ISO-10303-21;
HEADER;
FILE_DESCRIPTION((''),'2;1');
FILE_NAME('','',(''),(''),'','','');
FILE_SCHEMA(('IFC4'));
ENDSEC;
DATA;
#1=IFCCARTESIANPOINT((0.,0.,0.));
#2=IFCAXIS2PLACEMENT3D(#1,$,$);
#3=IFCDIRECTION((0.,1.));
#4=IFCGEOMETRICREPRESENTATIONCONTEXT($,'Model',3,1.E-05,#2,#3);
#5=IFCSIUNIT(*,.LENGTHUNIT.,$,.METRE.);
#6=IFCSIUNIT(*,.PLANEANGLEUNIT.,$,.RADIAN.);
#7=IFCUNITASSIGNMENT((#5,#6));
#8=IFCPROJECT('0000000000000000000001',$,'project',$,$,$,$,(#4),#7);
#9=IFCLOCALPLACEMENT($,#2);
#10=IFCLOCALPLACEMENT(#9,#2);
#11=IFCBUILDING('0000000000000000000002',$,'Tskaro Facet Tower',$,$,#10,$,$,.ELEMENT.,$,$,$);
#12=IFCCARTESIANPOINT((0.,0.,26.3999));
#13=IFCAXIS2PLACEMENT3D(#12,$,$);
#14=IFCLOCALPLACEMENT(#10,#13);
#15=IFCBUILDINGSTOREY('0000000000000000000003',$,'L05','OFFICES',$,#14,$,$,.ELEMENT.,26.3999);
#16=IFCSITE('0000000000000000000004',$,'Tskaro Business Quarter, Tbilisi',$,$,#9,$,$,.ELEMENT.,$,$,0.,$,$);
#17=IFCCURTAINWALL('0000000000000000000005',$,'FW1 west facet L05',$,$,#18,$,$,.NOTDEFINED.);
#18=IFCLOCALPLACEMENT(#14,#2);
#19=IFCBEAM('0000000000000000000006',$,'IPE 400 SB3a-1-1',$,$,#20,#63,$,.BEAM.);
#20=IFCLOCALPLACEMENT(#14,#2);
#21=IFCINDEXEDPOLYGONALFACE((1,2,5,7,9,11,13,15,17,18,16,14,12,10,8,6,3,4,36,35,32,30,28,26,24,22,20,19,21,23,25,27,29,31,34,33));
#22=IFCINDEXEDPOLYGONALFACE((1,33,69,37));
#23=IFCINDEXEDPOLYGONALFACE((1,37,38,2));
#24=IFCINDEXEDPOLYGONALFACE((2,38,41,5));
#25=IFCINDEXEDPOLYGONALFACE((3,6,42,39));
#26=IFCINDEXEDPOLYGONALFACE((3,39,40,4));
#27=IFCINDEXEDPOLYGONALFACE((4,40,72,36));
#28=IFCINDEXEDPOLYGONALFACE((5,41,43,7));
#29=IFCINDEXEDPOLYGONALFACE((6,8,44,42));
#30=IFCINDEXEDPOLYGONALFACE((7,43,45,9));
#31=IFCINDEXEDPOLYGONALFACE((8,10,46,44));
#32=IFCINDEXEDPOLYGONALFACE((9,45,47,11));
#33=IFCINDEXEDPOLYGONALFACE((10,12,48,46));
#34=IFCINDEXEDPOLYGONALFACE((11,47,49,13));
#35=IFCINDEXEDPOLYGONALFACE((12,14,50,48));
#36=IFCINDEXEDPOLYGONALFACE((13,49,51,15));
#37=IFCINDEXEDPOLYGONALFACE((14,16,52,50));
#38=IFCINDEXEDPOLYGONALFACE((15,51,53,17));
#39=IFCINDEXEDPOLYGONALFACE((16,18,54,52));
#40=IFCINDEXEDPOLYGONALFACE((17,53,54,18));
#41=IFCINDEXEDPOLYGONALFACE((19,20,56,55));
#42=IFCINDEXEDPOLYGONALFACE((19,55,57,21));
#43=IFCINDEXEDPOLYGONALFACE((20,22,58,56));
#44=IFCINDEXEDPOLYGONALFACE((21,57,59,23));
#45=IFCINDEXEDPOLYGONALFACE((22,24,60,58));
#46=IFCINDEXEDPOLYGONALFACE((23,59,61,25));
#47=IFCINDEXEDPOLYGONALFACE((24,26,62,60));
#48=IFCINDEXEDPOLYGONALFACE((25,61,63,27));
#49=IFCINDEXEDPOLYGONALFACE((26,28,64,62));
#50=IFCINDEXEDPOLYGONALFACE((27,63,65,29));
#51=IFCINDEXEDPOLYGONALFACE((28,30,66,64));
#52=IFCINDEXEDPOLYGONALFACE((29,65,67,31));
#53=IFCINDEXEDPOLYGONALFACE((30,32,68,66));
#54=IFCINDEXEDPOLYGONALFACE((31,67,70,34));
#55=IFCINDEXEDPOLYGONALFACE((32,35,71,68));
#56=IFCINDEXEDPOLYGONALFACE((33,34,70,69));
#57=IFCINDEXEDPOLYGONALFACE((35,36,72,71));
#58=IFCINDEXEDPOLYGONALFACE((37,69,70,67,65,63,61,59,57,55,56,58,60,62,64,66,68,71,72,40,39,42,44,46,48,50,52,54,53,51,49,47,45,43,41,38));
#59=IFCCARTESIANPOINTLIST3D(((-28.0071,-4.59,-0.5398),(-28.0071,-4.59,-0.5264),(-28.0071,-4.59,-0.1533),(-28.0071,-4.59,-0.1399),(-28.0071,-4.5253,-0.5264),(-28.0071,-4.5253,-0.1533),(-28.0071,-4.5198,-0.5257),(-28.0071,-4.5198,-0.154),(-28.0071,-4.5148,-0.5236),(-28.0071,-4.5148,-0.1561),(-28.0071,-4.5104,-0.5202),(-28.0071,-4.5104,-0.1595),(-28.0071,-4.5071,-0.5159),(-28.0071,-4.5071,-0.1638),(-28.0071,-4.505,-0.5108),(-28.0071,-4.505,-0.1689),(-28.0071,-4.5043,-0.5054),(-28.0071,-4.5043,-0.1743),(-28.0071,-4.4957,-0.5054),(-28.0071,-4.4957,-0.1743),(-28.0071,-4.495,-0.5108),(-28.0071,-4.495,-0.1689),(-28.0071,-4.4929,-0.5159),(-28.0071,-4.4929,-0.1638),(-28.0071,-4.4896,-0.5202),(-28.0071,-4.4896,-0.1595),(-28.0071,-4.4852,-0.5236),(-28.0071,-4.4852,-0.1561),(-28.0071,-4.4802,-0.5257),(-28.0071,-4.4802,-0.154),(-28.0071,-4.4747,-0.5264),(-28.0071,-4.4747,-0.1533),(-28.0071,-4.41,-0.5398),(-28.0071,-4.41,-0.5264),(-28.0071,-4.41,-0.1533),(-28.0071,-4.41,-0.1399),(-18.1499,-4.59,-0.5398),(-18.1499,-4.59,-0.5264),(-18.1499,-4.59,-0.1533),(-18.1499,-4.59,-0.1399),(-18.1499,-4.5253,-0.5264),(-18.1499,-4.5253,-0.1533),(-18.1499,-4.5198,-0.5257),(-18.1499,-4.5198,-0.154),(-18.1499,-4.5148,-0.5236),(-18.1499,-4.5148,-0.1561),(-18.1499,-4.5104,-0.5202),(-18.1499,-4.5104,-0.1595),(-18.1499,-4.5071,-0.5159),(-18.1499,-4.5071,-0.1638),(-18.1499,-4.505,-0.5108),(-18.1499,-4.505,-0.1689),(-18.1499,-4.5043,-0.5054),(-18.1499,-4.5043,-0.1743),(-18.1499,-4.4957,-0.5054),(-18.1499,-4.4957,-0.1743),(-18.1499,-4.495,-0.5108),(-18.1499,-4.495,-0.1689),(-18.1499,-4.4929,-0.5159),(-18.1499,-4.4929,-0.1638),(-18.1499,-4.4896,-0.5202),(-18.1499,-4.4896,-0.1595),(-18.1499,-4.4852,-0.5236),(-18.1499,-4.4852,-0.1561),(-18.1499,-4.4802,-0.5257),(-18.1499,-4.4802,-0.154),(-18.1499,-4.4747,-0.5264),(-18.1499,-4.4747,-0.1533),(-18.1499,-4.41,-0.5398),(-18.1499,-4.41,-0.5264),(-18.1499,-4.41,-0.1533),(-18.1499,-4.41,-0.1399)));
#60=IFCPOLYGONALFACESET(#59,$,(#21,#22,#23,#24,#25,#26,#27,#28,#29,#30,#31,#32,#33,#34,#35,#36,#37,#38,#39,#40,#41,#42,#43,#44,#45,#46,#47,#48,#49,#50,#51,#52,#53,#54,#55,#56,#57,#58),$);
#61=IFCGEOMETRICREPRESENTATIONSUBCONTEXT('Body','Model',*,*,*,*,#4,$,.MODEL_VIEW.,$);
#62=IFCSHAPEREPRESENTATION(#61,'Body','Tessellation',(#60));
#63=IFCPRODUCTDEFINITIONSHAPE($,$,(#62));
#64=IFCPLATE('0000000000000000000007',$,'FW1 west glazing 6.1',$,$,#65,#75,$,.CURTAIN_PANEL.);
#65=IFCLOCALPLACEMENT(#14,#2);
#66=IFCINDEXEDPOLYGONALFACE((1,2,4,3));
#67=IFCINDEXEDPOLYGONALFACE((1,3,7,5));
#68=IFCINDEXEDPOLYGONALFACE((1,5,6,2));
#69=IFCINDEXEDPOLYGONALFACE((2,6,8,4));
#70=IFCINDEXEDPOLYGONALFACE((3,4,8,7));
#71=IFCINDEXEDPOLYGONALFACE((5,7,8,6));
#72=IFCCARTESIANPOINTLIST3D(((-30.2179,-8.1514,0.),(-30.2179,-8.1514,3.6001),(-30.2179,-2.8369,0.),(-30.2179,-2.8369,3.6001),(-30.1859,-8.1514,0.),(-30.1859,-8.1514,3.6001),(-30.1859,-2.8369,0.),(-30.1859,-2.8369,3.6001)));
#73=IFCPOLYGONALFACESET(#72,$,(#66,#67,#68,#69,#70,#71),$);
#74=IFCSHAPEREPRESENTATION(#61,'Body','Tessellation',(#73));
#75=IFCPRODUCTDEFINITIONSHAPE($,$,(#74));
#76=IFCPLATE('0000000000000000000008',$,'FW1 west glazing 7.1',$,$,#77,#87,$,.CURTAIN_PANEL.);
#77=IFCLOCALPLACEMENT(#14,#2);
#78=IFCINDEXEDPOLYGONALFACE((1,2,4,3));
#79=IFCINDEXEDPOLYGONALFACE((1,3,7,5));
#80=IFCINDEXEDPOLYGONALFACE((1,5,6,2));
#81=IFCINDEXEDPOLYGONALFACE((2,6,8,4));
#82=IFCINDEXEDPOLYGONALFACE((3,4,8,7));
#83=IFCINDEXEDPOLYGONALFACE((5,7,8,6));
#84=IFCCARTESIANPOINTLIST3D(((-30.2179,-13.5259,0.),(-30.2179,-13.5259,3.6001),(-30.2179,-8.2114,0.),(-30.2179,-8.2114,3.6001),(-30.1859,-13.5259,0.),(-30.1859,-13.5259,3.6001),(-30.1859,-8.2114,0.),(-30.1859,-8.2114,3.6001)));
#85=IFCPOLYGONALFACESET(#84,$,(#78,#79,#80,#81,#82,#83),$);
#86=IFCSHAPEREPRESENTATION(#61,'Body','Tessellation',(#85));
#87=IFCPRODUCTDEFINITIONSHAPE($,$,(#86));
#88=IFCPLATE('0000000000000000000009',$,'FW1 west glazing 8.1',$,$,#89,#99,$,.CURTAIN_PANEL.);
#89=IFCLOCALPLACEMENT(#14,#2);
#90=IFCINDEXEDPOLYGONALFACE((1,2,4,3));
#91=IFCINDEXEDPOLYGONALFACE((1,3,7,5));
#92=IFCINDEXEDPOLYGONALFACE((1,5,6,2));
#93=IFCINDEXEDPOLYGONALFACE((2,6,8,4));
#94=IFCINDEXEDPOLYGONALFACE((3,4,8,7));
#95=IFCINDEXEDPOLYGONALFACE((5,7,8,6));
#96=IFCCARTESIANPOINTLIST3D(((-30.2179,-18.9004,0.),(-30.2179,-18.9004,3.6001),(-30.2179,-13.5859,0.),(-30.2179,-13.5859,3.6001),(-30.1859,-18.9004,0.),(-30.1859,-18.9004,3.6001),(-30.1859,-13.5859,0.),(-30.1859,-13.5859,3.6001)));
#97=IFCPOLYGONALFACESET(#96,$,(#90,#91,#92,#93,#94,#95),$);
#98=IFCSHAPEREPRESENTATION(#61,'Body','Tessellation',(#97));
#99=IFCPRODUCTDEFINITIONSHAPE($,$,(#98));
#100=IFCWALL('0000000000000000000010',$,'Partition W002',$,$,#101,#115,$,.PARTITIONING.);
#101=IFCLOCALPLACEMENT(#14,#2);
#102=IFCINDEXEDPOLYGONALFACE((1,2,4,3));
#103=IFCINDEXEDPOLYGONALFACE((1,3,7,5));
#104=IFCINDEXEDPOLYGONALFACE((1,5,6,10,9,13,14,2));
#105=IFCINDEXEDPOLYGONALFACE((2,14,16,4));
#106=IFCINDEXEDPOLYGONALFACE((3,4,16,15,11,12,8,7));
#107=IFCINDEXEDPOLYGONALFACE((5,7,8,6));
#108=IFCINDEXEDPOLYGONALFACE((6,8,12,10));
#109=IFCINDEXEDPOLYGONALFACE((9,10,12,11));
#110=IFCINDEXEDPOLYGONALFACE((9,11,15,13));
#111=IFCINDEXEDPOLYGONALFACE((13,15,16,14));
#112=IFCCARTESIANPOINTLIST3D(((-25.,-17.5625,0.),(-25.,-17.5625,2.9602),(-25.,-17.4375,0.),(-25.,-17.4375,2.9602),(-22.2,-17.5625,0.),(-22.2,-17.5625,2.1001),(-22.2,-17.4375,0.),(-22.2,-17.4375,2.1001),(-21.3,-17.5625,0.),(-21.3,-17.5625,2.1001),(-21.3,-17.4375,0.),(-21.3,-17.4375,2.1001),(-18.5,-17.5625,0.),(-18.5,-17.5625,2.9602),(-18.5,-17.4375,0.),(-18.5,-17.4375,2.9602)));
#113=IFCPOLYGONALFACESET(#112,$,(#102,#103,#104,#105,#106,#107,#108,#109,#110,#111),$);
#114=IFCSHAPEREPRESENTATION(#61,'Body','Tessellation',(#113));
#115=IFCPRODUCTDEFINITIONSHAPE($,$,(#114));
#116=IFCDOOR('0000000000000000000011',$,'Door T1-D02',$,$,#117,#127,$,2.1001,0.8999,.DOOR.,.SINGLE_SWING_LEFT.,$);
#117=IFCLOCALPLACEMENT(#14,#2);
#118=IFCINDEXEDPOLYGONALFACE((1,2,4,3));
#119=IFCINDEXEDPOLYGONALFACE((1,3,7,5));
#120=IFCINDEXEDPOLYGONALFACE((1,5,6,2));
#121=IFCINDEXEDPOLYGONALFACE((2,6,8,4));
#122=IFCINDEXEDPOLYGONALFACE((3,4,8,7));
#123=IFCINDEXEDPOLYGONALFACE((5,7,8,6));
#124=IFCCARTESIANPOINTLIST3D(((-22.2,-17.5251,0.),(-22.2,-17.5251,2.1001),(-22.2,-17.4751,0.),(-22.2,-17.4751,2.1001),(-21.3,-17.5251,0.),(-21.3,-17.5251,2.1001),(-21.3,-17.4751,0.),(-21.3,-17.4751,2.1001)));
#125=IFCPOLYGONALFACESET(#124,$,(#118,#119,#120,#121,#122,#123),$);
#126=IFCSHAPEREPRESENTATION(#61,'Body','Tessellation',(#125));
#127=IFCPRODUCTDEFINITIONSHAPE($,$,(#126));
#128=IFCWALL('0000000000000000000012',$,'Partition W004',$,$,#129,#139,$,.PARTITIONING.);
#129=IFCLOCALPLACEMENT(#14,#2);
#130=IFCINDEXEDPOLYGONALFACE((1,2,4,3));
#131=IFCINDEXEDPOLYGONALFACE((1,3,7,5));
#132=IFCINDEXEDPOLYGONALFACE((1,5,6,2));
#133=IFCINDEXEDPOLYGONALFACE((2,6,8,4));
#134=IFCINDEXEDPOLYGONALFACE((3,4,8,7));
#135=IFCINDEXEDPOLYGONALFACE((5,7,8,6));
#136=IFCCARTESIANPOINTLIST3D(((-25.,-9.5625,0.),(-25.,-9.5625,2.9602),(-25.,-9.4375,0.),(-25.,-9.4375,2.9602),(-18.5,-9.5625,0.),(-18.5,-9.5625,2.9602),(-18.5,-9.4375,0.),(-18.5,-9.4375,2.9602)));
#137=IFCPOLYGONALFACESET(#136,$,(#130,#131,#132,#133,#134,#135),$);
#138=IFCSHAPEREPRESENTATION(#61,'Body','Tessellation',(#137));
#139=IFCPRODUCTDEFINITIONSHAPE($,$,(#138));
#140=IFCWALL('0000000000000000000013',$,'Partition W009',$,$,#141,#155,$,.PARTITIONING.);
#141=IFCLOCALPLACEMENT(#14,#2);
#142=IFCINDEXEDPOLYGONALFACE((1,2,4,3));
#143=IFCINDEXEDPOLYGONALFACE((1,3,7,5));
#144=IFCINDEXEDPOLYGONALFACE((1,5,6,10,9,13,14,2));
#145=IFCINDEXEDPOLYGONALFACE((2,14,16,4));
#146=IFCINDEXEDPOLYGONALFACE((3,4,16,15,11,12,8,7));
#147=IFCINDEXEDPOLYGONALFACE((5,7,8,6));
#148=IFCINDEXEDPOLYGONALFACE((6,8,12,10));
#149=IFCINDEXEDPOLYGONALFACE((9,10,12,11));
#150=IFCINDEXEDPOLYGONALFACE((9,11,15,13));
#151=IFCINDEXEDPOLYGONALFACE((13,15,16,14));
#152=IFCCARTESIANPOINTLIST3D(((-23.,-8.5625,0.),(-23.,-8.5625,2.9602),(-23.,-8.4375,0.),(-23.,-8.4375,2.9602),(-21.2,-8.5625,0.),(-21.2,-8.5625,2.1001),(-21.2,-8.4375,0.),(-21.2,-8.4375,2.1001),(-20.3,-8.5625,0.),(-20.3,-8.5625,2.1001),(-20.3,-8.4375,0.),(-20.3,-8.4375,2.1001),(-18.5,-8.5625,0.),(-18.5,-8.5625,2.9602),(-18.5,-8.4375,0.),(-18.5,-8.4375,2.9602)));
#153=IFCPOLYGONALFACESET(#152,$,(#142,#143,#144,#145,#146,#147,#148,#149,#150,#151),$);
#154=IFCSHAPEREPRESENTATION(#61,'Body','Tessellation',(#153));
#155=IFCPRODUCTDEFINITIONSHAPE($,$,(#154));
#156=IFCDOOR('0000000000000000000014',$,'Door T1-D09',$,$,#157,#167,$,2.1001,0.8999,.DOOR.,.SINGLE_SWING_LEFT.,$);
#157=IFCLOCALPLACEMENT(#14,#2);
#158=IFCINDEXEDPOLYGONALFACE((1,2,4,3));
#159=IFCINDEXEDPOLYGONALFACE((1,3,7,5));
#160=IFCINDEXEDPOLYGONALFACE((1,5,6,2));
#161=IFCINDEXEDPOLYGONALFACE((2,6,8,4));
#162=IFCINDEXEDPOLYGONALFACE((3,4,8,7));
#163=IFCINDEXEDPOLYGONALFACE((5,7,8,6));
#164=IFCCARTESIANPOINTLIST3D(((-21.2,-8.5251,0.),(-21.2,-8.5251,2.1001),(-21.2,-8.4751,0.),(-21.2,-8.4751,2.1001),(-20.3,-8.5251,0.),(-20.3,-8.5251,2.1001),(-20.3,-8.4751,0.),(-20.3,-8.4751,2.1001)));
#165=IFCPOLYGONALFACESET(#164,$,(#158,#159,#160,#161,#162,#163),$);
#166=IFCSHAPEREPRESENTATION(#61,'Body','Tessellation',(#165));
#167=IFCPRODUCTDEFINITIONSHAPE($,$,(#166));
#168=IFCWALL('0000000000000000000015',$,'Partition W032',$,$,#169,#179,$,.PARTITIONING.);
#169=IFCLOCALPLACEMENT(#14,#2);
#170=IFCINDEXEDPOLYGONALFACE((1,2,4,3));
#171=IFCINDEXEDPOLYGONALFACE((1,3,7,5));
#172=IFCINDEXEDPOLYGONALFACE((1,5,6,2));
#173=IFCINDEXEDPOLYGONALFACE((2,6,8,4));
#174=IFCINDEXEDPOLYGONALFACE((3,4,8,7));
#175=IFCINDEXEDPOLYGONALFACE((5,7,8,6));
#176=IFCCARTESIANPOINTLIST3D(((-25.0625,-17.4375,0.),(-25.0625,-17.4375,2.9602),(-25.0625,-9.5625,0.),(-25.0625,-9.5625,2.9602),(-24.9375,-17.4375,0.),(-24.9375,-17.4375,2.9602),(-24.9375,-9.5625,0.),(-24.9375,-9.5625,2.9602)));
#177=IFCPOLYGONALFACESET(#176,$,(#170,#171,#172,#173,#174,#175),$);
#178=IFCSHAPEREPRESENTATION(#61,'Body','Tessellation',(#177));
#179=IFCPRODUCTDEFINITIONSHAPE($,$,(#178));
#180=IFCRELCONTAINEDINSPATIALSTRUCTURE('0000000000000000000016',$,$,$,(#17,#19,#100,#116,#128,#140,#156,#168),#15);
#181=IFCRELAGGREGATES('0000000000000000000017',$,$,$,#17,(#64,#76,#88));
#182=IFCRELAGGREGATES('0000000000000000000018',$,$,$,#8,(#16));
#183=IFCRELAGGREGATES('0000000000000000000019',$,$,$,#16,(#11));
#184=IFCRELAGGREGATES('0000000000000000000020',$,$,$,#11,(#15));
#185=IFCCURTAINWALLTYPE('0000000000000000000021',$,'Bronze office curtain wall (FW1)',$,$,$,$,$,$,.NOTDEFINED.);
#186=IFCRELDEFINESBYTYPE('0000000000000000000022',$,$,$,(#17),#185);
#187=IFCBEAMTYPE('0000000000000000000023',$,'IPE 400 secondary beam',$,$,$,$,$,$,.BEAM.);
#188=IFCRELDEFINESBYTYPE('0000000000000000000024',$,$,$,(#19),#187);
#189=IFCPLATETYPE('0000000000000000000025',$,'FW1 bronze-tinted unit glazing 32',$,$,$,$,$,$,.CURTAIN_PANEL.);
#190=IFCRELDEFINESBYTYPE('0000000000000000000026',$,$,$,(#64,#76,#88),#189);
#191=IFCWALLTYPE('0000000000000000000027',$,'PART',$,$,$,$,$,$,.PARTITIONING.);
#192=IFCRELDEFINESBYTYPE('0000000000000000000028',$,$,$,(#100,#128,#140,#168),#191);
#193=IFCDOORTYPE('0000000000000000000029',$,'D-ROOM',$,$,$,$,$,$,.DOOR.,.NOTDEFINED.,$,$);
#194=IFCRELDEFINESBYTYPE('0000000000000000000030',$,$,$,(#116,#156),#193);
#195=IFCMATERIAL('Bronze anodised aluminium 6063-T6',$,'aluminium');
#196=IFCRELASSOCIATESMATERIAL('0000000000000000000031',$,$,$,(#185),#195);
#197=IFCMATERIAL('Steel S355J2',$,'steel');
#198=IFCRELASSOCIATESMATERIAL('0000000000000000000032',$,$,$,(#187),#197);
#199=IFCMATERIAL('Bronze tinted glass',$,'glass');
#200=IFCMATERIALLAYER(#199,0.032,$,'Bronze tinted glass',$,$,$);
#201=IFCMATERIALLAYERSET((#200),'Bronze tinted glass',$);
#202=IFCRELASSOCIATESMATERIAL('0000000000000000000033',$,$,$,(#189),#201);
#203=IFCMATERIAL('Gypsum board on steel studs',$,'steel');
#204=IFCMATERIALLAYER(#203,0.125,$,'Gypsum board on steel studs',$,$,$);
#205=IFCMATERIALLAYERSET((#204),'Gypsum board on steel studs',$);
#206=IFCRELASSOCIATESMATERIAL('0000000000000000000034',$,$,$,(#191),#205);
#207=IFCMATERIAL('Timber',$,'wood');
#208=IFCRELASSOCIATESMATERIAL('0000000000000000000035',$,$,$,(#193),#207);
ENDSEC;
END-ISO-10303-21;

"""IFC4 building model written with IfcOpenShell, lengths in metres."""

from ifc_helpers import new_model, si_unit, direction, frame, frame_2d, origin, origin_2d, place, context, subcontext, project, spatial, rectangle, i_section, extrude, material, layer, layer_set, material_profile, profile_set, type_object, element, fill, aggregate, save


model = new_model("IFC4")

# Units and contexts
model_context = context("Model", 3, precision=1e-05, world=origin(), true_north=direction((0.0, 1.0)))
body_context = subcontext(model_context, "Body", "Model", "MODEL_VIEW")
ifc_project = project(units=[si_unit("LENGTHUNIT", "METRE"), si_unit("PLANEANGLEUNIT", "RADIAN")], contexts=[model_context])

# Site, building, storey
site_placement = place(None, origin())
site = spatial("IfcSite", under=ifc_project, at=site_placement, Name="Tskaro Business Quarter, Tbilisi", CompositionType="ELEMENT", RefElevation=0.0)
building_placement = place(site_placement, origin())
building = spatial("IfcBuilding", under=site, at=building_placement, Name="Tskaro Facet Tower", CompositionType="ELEMENT")
storey_placement = place(building_placement, frame((0.0, 0.0, 26.3999)))
storey = spatial("IfcBuildingStorey", under=building, at=storey_placement, Name="L05", Description="OFFICES", CompositionType="ELEMENT", Elevation=26.3999)

# Curtain wall
ifc_material_1 = material(Name="Bronze anodised aluminium 6063-T6", Category="aluminium")
curtain_wall_type = type_object("IfcCurtainWallType", Name="Bronze office curtain wall (FW1)", PredefinedType="NOTDEFINED", material=ifc_material_1)
curtain_wall_placement = place(storey_placement, origin())
curtain_wall = element("IfcCurtainWall", 1, at=curtain_wall_placement, inside=storey, type_object=curtain_wall_type, Name="FW1 west facet L05", PredefinedType="NOTDEFINED")

# Beam
ifc_material_2 = material(Name="Steel S355J2", Category="steel")
ifc_material_profile_1 = material_profile(ifc_material_2, i_section(OverallWidth=0.1799, OverallDepth=0.3999, WebThickness=0.0085, FlangeThickness=0.0134, FilletRadius=0.021, at=origin_2d()), Name="IPE 400")
ifc_profile_set_1 = profile_set([ifc_material_profile_1], Name="Steel S355J2")
beam_type_1 = type_object("IfcBeamType", Name="IPE 400 secondary beam", PredefinedType="BEAM", material=ifc_profile_set_1)
for number, where, z_axis, x_axis, name in (
    (2, (-28.0071, -4.5, -0.3398), (1.0, 0.0, 0.0), (0.0, 1.0, 0.0), "IPE 400 SB3a-1-1"),
):
    element("IfcBeam", number, at=place(storey_placement, frame(where, z_axis=z_axis, x_axis=x_axis)), inside=storey, type_object=beam_type_1, Name=name, PredefinedType="BEAM", context=body_context, shape_type="SweptSolid", body=[
        extrude(i_section(OverallWidth=0.1799, OverallDepth=0.3999, WebThickness=0.0085, FlangeThickness=0.0134, FilletRadius=0.021, at=origin_2d()), origin(), (0.0, 0.0, 1.0), 9.8572),
    ])

# Plates
ifc_material_3 = material(Name="Bronze tinted glass", Category="glass")
ifc_layer_1 = layer(ifc_material_3, 0.032, Name="Bronze tinted glass")
ifc_layer_set_1 = layer_set([ifc_layer_1], Name="Bronze tinted glass")
plate_type = type_object("IfcPlateType", Name="FW1 bronze-tinted unit glazing 32", PredefinedType="CURTAIN_PANEL", material=ifc_layer_set_1)
plate_1_placement = place(storey_placement, frame((-30.2019, -5.4941, 0.0), z_axis=(0.0, 0.0, 1.0), x_axis=(0.0, -1.0, 0.0)))
plate_1 = element("IfcPlate", 3, at=plate_1_placement, type_object=plate_type, Name="FW1 west glazing 6.1", PredefinedType="CURTAIN_PANEL", context=body_context, shape_type="SweptSolid", body=[
    extrude(rectangle(XDim=5.3145, YDim=0.032, at=origin_2d()), origin(), (0.0, 0.0, 1.0), 3.6001),
])
plate_2_placement = place(storey_placement, frame((-30.2019, -10.8687, 0.0), z_axis=(0.0, 0.0, 1.0), x_axis=(0.0, -1.0, 0.0)))
plate_2 = element("IfcPlate", 4, at=plate_2_placement, type_object=plate_type, Name="FW1 west glazing 7.1", PredefinedType="CURTAIN_PANEL", context=body_context, shape_type="SweptSolid", body=[
    extrude(rectangle(XDim=5.3145, YDim=0.032, at=origin_2d()), origin(), (0.0, 0.0, 1.0), 3.6001),
])
plate_3_placement = place(storey_placement, frame((-30.2019, -16.2432, 0.0), z_axis=(0.0, 0.0, 1.0), x_axis=(0.0, -1.0, 0.0)))
plate_3 = element("IfcPlate", 5, at=plate_3_placement, type_object=plate_type, Name="FW1 west glazing 8.1", PredefinedType="CURTAIN_PANEL", context=body_context, shape_type="SweptSolid", body=[
    extrude(rectangle(XDim=5.3145, YDim=0.032, at=origin_2d()), origin(), (0.0, 0.0, 1.0), 3.6001),
])
aggregate(curtain_wall, [plate_1, plate_2, plate_3])

# Wall, opening, door
ifc_material_4 = material(Name="Gypsum board on steel studs", Category="steel")
ifc_layer_2 = layer(ifc_material_4, 0.125, Name="Gypsum board on steel studs")
ifc_layer_set_2 = layer_set([ifc_layer_2], Name="Gypsum board on steel studs")
wall_type = type_object("IfcWallType", Name="PART", PredefinedType="PARTITIONING", material=ifc_layer_set_2)
wall_1_placement = place(storey_placement, frame((-25.0, -17.5, 0.0), z_axis=(0.0, 0.0, 1.0), x_axis=(1.0, 0.0, 0.0)))
wall_1 = element("IfcWall", 6, at=wall_1_placement, inside=storey, type_object=wall_type, Name="Partition W002", PredefinedType="PARTITIONING", context=body_context, shape_type="SweptSolid", body=[
    extrude(rectangle(XDim=6.5, YDim=0.125, at=frame_2d((3.25, 0.0))), origin(), (0.0, 0.0, 1.0), 2.9602),
])
opening_1_placement = place(wall_1_placement, frame((2.8, 0.0, 0.0)))
opening_1 = element("IfcOpeningElement", 7, at=opening_1_placement, cuts=wall_1, PredefinedType="OPENING", context=body_context, shape_type="SweptSolid", body=[
    extrude(rectangle(XDim=0.8999, YDim=2.1001, at=frame_2d((0.45, 1.05))), frame((0.0, 0.0725, 0.0), z_axis=(0.0, -1.0, 0.0), x_axis=(1.0, 0.0, 0.0)), (0.0, 0.0, 1.0), 0.145),
])
ifc_material_5 = material(Name="Timber", Category="wood")
door_type = type_object("IfcDoorType", Name="D-ROOM", OperationType="NOTDEFINED", PredefinedType="DOOR", material=ifc_material_5)
door_1_placement = place(opening_1_placement, origin())
door_1 = element("IfcDoor", 8, at=door_1_placement, inside=storey, type_object=door_type, Name="Door T1-D02", OperationType="SINGLE_SWING_LEFT", OverallHeight=2.1001, OverallWidth=0.8999, PredefinedType="DOOR", context=body_context, shape_type="SweptSolid", body=[
    extrude(rectangle(XDim=0.8999, YDim=2.1001, at=frame_2d((0.45, 1.05))), frame((0.0, 0.0249, 0.0), z_axis=(0.0, -1.0, 0.0), x_axis=(1.0, 0.0, 0.0)), (0.0, 0.0, 1.0), 0.05),
])
fill(opening_1, door_1)

# Wall
wall_2_placement = place(storey_placement, frame((-25.0, -9.5, 0.0), z_axis=(0.0, 0.0, 1.0), x_axis=(1.0, 0.0, 0.0)))
element("IfcWall", 9, at=wall_2_placement, inside=storey, type_object=wall_type, Name="Partition W004", PredefinedType="PARTITIONING", context=body_context, shape_type="SweptSolid", body=[
    extrude(rectangle(XDim=6.5, YDim=0.125, at=frame_2d((3.25, 0.0))), origin(), (0.0, 0.0, 1.0), 2.9602),
])

# Wall, opening, door
wall_3_placement = place(storey_placement, frame((-23.0, -8.5, 0.0), z_axis=(0.0, 0.0, 1.0), x_axis=(1.0, 0.0, 0.0)))
wall_3 = element("IfcWall", 10, at=wall_3_placement, inside=storey, type_object=wall_type, Name="Partition W009", PredefinedType="PARTITIONING", context=body_context, shape_type="SweptSolid", body=[
    extrude(rectangle(XDim=4.5, YDim=0.125, at=frame_2d((2.25, 0.0))), origin(), (0.0, 0.0, 1.0), 2.9602),
])
opening_2_placement = place(wall_3_placement, frame((1.8, 0.0, 0.0)))
opening_2 = element("IfcOpeningElement", 11, at=opening_2_placement, cuts=wall_3, PredefinedType="OPENING", context=body_context, shape_type="SweptSolid", body=[
    extrude(rectangle(XDim=0.8999, YDim=2.1001, at=frame_2d((0.45, 1.05))), frame((0.0, 0.0725, 0.0), z_axis=(0.0, -1.0, 0.0), x_axis=(1.0, 0.0, 0.0)), (0.0, 0.0, 1.0), 0.145),
])
door_2_placement = place(opening_2_placement, origin())
door_2 = element("IfcDoor", 12, at=door_2_placement, inside=storey, type_object=door_type, Name="Door T1-D09", OperationType="SINGLE_SWING_LEFT", OverallHeight=2.1001, OverallWidth=0.8999, PredefinedType="DOOR", context=body_context, shape_type="SweptSolid", body=[
    extrude(rectangle(XDim=0.8999, YDim=2.1001, at=frame_2d((0.45, 1.05))), frame((0.0, 0.0249, 0.0), z_axis=(0.0, -1.0, 0.0), x_axis=(1.0, 0.0, 0.0)), (0.0, 0.0, 1.0), 0.05),
])
fill(opening_2, door_2)

# Wall
for number, where, z_axis, x_axis, name in (
    (13, (-25.0, -17.4375, 0.0), (0.0, 0.0, 1.0), (0.0, 1.0, 0.0), "Partition W032"),
):
    element("IfcWall", number, at=place(storey_placement, frame(where, z_axis=z_axis, x_axis=x_axis)), inside=storey, type_object=wall_type, Name=name, PredefinedType="PARTITIONING", context=body_context, shape_type="SweptSolid", body=[
        extrude(rectangle(XDim=7.875, YDim=0.125, at=frame_2d((3.9375, 0.0))), origin(), (0.0, 0.0, 1.0), 2.9602),
    ])

save(model, "model.ifc")
